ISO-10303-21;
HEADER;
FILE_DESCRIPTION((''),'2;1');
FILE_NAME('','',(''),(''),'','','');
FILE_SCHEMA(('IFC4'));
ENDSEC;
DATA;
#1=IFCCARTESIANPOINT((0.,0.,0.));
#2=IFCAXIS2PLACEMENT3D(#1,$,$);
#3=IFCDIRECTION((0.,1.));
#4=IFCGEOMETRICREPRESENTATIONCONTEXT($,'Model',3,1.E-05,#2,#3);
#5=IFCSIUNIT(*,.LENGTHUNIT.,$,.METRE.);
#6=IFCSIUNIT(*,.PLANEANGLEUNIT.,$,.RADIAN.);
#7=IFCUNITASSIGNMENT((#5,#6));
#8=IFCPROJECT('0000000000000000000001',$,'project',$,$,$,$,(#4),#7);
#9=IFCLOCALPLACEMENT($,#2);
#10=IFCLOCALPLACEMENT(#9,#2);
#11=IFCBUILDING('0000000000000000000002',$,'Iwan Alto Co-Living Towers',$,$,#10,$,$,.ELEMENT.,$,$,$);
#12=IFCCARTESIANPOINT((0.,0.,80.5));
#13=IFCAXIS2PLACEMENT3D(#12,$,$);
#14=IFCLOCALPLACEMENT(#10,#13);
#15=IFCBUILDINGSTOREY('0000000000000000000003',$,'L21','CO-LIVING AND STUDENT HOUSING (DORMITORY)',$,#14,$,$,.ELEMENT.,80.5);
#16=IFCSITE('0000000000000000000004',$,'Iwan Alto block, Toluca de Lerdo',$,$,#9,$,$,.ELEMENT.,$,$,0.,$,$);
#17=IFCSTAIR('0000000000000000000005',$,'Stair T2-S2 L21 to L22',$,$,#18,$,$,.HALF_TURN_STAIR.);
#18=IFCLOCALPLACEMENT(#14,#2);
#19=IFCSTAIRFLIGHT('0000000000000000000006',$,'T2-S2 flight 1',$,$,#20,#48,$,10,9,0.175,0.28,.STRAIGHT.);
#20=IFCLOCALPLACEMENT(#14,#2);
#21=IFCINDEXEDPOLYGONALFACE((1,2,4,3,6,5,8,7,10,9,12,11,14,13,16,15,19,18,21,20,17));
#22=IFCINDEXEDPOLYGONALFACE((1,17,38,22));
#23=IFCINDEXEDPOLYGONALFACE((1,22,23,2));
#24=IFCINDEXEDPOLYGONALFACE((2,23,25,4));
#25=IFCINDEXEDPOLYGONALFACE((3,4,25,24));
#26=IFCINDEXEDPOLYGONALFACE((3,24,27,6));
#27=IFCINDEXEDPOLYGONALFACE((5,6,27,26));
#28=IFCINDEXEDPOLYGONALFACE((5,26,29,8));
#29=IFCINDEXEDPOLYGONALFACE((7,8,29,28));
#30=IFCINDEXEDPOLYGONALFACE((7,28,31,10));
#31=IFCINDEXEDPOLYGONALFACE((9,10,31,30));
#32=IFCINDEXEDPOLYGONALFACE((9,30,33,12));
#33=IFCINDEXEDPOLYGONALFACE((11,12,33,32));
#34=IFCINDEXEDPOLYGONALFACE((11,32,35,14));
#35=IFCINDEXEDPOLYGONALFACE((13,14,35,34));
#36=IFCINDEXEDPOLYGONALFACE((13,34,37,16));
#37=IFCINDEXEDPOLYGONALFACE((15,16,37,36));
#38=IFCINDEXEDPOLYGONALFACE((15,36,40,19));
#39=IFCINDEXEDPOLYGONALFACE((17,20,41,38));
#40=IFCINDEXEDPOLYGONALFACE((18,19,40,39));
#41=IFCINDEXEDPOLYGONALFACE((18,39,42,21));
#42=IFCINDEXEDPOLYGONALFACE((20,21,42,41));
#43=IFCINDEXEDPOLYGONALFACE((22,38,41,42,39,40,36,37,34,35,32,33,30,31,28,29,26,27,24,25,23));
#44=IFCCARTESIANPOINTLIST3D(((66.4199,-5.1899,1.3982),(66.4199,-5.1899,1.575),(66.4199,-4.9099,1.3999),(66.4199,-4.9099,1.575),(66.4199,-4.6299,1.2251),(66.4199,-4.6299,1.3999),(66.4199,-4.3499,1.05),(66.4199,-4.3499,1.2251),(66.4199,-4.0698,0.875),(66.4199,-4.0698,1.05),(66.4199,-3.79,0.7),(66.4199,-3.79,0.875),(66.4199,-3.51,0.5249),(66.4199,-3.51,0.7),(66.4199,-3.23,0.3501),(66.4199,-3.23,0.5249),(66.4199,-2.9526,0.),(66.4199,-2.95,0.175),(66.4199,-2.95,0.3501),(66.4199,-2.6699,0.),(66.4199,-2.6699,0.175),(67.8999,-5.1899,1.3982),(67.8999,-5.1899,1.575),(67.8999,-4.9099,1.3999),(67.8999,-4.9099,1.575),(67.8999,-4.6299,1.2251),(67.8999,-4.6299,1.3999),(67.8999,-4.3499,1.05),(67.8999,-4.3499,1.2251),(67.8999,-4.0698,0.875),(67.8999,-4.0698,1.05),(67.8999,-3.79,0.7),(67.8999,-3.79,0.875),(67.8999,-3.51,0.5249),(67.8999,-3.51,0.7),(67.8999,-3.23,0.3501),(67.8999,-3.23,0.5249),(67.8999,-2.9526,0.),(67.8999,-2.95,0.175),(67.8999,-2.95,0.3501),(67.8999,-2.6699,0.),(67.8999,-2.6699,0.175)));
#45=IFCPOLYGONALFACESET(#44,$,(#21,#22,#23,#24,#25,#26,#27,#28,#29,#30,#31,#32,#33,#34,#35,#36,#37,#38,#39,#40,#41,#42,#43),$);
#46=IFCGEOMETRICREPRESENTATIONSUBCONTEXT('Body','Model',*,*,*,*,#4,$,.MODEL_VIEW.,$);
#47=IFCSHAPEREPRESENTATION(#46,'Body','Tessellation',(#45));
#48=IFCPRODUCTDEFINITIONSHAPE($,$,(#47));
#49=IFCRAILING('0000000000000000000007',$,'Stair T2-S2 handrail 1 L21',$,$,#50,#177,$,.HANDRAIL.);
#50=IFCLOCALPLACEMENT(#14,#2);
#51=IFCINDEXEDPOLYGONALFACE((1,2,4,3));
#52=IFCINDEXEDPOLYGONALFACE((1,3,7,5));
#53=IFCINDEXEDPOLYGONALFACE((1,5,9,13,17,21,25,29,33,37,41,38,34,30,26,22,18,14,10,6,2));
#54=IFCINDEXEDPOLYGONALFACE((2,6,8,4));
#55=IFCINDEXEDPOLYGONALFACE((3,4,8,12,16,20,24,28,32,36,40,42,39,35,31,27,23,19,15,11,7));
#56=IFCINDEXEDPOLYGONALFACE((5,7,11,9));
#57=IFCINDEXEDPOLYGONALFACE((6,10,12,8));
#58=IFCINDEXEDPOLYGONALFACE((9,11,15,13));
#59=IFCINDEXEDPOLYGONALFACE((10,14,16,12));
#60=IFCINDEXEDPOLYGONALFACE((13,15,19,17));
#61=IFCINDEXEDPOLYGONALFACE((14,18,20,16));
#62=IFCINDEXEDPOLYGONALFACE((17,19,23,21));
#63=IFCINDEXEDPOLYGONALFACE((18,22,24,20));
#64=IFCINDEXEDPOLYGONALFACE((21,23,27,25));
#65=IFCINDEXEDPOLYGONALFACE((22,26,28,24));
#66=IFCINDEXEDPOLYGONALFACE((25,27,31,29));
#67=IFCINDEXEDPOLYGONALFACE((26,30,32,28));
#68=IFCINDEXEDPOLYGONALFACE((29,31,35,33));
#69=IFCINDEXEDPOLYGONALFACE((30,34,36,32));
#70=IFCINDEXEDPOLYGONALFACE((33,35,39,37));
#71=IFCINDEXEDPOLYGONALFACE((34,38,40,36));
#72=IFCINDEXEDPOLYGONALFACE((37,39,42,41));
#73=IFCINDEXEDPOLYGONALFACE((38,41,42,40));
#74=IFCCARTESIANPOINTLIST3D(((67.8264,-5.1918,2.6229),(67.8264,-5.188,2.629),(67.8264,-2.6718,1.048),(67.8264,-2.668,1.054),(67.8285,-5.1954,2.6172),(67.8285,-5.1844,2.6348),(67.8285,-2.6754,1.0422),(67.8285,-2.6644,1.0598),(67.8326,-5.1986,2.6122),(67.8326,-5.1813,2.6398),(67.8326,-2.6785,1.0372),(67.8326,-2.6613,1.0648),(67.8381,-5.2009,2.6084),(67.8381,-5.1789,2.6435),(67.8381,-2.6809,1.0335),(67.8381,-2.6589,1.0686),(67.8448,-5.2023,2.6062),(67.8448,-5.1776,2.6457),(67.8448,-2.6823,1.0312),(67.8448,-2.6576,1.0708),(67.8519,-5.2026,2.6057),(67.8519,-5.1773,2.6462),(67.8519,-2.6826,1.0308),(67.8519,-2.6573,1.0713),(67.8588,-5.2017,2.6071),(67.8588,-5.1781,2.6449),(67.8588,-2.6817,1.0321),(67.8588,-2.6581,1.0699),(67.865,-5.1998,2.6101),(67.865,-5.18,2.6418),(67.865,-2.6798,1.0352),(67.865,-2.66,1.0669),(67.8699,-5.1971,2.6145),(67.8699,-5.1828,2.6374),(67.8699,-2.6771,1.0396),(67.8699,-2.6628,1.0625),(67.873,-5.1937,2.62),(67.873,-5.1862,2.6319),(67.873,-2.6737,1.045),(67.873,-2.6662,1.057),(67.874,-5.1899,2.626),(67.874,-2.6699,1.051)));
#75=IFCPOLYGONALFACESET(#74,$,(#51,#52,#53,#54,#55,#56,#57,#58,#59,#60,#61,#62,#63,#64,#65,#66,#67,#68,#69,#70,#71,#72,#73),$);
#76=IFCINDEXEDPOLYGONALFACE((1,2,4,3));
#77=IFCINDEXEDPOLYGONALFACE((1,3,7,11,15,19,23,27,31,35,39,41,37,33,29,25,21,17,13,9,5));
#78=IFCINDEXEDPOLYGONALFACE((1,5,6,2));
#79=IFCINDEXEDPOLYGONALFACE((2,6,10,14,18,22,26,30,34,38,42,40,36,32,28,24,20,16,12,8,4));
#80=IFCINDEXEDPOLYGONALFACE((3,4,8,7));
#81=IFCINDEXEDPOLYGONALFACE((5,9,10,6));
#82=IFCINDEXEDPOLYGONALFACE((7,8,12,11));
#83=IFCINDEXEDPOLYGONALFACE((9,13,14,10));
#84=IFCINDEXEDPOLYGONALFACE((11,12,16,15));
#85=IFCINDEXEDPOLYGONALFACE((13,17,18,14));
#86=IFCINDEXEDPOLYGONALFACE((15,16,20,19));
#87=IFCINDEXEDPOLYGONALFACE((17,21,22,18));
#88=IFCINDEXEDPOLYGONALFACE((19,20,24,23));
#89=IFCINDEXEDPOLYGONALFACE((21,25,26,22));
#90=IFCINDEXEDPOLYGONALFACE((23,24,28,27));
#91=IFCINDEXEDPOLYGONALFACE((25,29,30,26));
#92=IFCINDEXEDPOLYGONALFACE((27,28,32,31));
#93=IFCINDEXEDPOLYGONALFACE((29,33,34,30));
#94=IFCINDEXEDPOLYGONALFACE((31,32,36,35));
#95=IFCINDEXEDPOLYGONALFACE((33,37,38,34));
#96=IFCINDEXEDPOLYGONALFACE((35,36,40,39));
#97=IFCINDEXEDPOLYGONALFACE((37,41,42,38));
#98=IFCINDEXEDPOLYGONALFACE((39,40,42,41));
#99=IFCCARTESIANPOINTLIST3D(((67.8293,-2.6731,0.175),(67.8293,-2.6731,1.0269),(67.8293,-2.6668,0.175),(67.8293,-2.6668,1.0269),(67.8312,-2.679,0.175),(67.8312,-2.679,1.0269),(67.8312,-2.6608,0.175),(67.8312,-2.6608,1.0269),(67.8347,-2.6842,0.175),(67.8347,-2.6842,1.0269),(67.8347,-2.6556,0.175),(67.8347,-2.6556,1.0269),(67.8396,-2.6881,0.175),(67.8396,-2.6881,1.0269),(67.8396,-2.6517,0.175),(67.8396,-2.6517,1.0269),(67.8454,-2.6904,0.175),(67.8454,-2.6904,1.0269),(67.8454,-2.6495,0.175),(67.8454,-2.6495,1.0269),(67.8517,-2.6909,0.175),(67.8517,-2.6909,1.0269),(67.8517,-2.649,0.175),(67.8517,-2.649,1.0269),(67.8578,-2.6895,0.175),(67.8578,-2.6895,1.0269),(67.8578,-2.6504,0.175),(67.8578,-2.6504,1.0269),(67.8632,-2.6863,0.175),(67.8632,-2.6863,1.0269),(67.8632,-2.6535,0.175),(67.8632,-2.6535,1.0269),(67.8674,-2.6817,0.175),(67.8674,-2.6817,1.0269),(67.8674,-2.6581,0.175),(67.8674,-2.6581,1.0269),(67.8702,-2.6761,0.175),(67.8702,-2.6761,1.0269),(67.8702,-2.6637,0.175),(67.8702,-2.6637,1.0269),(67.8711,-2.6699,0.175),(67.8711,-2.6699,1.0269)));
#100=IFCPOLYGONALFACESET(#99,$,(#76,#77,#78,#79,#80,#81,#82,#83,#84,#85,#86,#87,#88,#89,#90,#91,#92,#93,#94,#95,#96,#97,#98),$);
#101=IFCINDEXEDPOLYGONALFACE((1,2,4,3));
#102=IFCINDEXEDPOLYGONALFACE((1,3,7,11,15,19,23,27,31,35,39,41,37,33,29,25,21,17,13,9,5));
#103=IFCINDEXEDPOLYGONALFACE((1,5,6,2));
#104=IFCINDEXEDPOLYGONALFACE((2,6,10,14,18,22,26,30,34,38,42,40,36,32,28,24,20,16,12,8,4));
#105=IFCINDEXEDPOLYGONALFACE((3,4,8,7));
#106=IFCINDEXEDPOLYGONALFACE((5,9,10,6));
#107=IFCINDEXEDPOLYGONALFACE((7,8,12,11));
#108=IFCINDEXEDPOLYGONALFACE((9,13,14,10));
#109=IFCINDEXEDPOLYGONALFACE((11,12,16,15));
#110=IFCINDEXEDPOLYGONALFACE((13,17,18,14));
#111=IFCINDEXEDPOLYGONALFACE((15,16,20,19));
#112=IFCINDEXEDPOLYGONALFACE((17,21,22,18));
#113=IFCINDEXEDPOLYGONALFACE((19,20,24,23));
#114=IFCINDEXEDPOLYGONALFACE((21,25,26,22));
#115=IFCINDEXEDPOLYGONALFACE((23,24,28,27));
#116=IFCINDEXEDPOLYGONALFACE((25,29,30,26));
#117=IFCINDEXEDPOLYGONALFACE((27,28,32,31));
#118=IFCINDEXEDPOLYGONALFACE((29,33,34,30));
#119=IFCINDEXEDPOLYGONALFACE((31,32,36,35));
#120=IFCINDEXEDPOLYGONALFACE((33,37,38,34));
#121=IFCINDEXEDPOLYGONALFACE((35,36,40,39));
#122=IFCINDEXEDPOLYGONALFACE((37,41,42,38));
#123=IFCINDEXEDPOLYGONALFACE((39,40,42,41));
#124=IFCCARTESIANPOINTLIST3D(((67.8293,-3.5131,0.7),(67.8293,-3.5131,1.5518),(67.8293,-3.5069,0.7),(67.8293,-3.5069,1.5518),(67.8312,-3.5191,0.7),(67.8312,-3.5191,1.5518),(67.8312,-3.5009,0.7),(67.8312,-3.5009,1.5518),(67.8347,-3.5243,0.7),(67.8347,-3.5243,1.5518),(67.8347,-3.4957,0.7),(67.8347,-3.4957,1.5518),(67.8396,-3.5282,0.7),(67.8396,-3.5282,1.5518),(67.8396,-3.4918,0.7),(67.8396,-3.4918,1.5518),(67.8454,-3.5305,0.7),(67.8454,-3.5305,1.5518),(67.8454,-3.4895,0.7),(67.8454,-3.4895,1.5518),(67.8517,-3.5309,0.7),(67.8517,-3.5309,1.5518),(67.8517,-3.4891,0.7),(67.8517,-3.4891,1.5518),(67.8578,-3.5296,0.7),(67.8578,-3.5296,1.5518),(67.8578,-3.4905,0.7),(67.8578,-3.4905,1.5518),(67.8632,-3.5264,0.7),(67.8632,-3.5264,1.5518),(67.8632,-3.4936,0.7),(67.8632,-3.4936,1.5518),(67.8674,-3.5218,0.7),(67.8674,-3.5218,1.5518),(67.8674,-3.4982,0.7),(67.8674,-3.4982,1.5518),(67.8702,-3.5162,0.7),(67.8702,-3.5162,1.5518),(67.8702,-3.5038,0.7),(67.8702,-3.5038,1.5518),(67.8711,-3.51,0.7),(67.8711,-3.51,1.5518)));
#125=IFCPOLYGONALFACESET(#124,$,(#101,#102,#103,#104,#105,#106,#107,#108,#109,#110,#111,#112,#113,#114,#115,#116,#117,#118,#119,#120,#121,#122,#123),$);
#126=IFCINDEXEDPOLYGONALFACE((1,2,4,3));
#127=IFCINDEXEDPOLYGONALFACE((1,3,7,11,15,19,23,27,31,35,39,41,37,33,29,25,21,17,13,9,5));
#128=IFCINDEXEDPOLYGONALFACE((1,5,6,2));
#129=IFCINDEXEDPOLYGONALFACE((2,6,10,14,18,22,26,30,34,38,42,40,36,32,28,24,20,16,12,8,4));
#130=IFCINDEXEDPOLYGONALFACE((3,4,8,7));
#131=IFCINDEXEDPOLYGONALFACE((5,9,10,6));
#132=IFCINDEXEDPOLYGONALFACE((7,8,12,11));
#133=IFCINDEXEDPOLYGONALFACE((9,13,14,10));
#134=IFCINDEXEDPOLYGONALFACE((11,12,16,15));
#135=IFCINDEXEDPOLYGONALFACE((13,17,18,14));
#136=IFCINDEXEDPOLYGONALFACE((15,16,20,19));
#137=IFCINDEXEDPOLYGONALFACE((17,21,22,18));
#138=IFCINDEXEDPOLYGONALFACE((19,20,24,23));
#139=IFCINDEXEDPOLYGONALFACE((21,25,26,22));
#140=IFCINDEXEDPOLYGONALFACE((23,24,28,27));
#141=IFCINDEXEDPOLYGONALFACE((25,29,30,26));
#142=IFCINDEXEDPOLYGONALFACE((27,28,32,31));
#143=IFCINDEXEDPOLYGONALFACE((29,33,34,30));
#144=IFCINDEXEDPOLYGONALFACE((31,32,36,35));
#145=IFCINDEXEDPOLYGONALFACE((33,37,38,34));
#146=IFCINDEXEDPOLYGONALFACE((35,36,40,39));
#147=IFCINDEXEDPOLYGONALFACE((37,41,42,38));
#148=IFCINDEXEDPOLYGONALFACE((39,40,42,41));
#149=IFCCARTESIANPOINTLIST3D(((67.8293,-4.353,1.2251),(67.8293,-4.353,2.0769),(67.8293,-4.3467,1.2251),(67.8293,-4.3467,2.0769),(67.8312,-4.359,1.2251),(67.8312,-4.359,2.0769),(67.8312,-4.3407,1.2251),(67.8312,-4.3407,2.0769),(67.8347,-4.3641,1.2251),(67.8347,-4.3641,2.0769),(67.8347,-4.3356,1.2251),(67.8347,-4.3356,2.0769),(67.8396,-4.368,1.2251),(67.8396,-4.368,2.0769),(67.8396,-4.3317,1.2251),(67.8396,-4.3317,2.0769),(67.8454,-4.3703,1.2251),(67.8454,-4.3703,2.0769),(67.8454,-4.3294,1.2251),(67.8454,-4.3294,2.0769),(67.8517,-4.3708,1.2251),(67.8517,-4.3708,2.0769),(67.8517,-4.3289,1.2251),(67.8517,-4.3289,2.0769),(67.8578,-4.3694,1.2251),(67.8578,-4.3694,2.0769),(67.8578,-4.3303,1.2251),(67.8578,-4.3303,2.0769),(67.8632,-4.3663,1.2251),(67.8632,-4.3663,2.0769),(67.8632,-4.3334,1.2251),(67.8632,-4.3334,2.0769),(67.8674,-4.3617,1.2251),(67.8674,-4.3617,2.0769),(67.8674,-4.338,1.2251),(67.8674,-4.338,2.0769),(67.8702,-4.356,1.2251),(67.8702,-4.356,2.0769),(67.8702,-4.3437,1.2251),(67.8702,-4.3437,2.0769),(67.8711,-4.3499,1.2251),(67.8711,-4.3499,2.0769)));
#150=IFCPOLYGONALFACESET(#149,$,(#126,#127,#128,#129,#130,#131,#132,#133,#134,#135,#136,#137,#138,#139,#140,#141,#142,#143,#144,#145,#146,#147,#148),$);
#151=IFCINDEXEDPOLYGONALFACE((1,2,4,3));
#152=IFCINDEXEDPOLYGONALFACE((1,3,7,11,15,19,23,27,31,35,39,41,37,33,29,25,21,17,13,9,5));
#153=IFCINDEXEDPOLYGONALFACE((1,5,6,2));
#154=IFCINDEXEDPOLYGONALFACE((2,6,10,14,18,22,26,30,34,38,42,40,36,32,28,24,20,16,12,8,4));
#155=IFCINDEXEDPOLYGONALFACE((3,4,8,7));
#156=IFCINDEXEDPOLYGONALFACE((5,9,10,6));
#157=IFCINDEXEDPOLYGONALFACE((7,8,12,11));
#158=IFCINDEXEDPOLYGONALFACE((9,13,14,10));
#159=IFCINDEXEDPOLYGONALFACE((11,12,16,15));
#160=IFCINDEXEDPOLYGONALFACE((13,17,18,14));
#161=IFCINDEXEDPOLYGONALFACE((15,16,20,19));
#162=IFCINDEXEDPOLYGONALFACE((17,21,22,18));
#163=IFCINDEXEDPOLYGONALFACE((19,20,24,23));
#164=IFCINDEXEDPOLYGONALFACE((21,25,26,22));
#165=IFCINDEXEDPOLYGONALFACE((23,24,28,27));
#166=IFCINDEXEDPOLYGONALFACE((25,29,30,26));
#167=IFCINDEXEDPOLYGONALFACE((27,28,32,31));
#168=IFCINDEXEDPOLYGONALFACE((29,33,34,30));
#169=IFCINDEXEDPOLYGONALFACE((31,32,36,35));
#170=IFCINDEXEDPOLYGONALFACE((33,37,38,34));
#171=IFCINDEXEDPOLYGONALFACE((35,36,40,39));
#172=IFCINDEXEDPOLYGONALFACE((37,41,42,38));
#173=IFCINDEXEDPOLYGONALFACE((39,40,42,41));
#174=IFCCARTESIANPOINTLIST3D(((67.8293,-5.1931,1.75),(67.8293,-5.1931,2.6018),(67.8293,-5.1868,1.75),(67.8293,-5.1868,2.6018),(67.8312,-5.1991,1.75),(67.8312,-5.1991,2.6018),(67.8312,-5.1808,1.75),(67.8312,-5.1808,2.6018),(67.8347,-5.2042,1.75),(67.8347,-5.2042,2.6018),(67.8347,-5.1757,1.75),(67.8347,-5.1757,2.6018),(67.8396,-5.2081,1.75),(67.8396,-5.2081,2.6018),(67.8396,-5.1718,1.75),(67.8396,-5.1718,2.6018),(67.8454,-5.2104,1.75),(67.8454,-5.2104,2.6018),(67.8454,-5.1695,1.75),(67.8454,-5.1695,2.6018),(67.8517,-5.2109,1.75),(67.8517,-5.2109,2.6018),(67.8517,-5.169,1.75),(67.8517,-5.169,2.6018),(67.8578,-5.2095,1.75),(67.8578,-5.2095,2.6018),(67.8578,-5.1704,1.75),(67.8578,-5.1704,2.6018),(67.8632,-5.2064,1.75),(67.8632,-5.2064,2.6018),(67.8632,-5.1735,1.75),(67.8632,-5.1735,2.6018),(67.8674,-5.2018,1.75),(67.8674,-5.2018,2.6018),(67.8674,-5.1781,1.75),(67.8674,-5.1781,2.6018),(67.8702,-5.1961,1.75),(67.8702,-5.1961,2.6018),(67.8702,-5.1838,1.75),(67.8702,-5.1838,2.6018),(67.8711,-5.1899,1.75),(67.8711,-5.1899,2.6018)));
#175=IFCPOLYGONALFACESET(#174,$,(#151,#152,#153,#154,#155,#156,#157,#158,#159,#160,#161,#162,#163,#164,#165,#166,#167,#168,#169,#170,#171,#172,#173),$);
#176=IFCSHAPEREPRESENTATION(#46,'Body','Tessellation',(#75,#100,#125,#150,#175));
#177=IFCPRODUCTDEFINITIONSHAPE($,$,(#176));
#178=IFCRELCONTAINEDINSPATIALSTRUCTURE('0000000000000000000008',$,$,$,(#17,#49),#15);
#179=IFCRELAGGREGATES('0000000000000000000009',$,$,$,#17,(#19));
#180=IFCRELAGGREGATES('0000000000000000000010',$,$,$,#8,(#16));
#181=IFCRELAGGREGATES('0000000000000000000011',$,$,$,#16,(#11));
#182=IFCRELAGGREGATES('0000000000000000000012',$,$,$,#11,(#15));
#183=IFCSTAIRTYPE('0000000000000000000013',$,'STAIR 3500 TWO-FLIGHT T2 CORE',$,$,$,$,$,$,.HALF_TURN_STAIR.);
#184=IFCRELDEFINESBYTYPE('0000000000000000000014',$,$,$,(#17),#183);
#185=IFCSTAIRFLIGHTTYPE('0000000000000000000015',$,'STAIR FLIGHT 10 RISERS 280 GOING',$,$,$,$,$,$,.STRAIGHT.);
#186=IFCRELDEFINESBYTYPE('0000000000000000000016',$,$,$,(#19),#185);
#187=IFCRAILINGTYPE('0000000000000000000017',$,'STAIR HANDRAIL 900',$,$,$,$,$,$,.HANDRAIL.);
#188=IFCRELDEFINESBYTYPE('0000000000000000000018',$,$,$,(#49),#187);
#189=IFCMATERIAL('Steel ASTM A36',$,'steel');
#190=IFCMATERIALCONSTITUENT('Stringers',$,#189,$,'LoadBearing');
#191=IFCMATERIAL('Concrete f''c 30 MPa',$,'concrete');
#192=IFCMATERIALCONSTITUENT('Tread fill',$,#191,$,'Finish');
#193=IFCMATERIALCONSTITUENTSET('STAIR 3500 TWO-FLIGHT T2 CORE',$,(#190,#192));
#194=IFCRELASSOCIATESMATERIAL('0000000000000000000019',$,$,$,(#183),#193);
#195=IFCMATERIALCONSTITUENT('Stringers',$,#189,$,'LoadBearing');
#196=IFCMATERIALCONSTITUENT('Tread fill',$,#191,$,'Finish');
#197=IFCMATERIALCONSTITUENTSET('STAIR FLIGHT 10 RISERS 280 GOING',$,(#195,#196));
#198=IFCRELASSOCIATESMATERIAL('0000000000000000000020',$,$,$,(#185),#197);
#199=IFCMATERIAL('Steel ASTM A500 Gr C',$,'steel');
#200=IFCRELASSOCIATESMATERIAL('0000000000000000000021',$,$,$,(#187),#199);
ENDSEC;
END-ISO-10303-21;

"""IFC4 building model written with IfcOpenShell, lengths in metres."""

from ifc_helpers import new_model, si_unit, direction, frame, origin, origin_2d, place, context, subcontext, project, spatial, polyline, circle, outline, extrude, material, constituent, constituent_set, type_object, element, aggregate, save


model = new_model("IFC4")

# Units and contexts
model_context = context("Model", 3, precision=1e-05, world=origin(), true_north=direction((0.0, 1.0)))
body_context = subcontext(model_context, "Body", "Model", "MODEL_VIEW")
ifc_project = project(units=[si_unit("LENGTHUNIT", "METRE"), si_unit("PLANEANGLEUNIT", "RADIAN")], contexts=[model_context])

# Site, building, storey
site_placement = place(None, origin())
site = spatial("IfcSite", under=ifc_project, at=site_placement, Name="Iwan Alto block, Toluca de Lerdo", CompositionType="ELEMENT", RefElevation=0.0)
building_placement = place(site_placement, origin())
building = spatial("IfcBuilding", under=site, at=building_placement, Name="Iwan Alto Co-Living Towers", CompositionType="ELEMENT")
storey_placement = place(building_placement, frame((0.0, 0.0, 80.5)))
storey = spatial("IfcBuildingStorey", under=building, at=storey_placement, Name="L21", Description="CO-LIVING AND STUDENT HOUSING (DORMITORY)", CompositionType="ELEMENT", Elevation=80.5)

# Stair, stair flight
ifc_material_1 = material(Name="Steel ASTM A36", Category="steel")
ifc_constituent_1 = constituent(ifc_material_1, Name="Stringers", Category="LoadBearing")
ifc_material_2 = material(Name="Concrete f'c 30 MPa", Category="concrete")
ifc_constituent_2 = constituent(ifc_material_2, Name="Tread fill", Category="Finish")
ifc_constituent_set_1 = constituent_set(constituents=[ifc_constituent_1, ifc_constituent_2], Name="STAIR 3500 TWO-FLIGHT T2 CORE")
stair_type = type_object("IfcStairType", Name="STAIR 3500 TWO-FLIGHT T2 CORE", PredefinedType="HALF_TURN_STAIR", material=ifc_constituent_set_1)
stair_placement = place(storey_placement, origin())
stair = element("IfcStair", 1, at=stair_placement, inside=storey, type_object=stair_type, Name="Stair T2-S2 L21 to L22", PredefinedType="HALF_TURN_STAIR")
ifc_constituent_3 = constituent(ifc_material_1, Name="Stringers", Category="LoadBearing")
ifc_constituent_4 = constituent(ifc_material_2, Name="Tread fill", Category="Finish")
ifc_constituent_set_2 = constituent_set(constituents=[ifc_constituent_3, ifc_constituent_4], Name="STAIR FLIGHT 10 RISERS 280 GOING")
stair_flight_type = type_object("IfcStairFlightType", Name="STAIR FLIGHT 10 RISERS 280 GOING", PredefinedType="STRAIGHT", material=ifc_constituent_set_2)
stair_flight_placement = place(storey_placement, frame((67.1599, -2.6699, 0.0), z_axis=(0.0, 0.0, 1.0), x_axis=(0.0, -1.0, 0.0)))
stair_flight = element("IfcStairFlight", 2, at=stair_flight_placement, type_object=stair_flight_type, Name="T2-S2 flight 1", NumberOfRisers=10, NumberOfTreads=9, PredefinedType="STRAIGHT", RiserHeight=0.175, TreadLength=0.28, context=body_context, shape_type="SweptSolid", body=[
    extrude(outline(polyline([(0.0, 0.0), (0.0, 0.175), (0.28, 0.175), (0.28, 0.3501), (0.5601, 0.3501), (0.5601, 0.5249), (0.8401, 0.5249), (0.8401, 0.7), (1.1201, 0.7), (1.1201, 0.875), (1.3999, 0.875), (1.3999, 1.05), (1.6799, 1.05), (1.6799, 1.2251), (1.96, 1.2251), (1.96, 1.3999), (2.24, 1.3999), (2.24, 1.575), (2.52, 1.575), (2.52, 1.75), (2.52, 1.3982), (0.2827, 0.0), (0.0, 0.0)])), frame((0.0, 0.74, 0.0), z_axis=(0.0, -1.0, 0.0), x_axis=(1.0, 0.0, 0.0)), (0.0, 0.0, 1.0), 1.48),
])
aggregate(stair, [stair_flight])

# Railing
ifc_material_3 = material(Name="Steel ASTM A500 Gr C", Category="steel")
railing_type_1 = type_object("IfcRailingType", Name="STAIR HANDRAIL 900", PredefinedType="HANDRAIL", material=ifc_material_3)
railing_1_placement = place(storey_placement, frame((67.8501, -2.6699, 0.175)))
element("IfcRailing", 3, at=railing_1_placement, inside=storey, type_object=railing_type_1, Name="Stair T2-S2 handrail 1 L21", PredefinedType="HANDRAIL", context=body_context, shape_type="SweptSolid", body=[
    extrude(circle(Radius=0.0239, at=origin_2d()), frame((0.0, 0.0, 0.876), z_axis=(0.0, -0.848008, 0.529984), x_axis=(1.0, 0.0, 0.0)), (0.0, 0.0, 1.0), 2.9717),
    extrude(circle(Radius=0.021, at=origin_2d()), origin(), (0.0, 0.0, 1.0), 0.8518),
    extrude(circle(Radius=0.021, at=origin_2d()), frame((0.0, -0.8401, 0.5249)), (0.0, 0.0, 1.0), 0.8518),
    extrude(circle(Radius=0.021, at=origin_2d()), frame((0.0, -1.6799, 1.05)), (0.0, 0.0, 1.0), 0.8518),
    extrude(circle(Radius=0.021, at=origin_2d()), frame((0.0, -2.52, 1.575)), (0.0, 0.0, 1.0), 0.8518),
])

save(model, "model.ifc")
